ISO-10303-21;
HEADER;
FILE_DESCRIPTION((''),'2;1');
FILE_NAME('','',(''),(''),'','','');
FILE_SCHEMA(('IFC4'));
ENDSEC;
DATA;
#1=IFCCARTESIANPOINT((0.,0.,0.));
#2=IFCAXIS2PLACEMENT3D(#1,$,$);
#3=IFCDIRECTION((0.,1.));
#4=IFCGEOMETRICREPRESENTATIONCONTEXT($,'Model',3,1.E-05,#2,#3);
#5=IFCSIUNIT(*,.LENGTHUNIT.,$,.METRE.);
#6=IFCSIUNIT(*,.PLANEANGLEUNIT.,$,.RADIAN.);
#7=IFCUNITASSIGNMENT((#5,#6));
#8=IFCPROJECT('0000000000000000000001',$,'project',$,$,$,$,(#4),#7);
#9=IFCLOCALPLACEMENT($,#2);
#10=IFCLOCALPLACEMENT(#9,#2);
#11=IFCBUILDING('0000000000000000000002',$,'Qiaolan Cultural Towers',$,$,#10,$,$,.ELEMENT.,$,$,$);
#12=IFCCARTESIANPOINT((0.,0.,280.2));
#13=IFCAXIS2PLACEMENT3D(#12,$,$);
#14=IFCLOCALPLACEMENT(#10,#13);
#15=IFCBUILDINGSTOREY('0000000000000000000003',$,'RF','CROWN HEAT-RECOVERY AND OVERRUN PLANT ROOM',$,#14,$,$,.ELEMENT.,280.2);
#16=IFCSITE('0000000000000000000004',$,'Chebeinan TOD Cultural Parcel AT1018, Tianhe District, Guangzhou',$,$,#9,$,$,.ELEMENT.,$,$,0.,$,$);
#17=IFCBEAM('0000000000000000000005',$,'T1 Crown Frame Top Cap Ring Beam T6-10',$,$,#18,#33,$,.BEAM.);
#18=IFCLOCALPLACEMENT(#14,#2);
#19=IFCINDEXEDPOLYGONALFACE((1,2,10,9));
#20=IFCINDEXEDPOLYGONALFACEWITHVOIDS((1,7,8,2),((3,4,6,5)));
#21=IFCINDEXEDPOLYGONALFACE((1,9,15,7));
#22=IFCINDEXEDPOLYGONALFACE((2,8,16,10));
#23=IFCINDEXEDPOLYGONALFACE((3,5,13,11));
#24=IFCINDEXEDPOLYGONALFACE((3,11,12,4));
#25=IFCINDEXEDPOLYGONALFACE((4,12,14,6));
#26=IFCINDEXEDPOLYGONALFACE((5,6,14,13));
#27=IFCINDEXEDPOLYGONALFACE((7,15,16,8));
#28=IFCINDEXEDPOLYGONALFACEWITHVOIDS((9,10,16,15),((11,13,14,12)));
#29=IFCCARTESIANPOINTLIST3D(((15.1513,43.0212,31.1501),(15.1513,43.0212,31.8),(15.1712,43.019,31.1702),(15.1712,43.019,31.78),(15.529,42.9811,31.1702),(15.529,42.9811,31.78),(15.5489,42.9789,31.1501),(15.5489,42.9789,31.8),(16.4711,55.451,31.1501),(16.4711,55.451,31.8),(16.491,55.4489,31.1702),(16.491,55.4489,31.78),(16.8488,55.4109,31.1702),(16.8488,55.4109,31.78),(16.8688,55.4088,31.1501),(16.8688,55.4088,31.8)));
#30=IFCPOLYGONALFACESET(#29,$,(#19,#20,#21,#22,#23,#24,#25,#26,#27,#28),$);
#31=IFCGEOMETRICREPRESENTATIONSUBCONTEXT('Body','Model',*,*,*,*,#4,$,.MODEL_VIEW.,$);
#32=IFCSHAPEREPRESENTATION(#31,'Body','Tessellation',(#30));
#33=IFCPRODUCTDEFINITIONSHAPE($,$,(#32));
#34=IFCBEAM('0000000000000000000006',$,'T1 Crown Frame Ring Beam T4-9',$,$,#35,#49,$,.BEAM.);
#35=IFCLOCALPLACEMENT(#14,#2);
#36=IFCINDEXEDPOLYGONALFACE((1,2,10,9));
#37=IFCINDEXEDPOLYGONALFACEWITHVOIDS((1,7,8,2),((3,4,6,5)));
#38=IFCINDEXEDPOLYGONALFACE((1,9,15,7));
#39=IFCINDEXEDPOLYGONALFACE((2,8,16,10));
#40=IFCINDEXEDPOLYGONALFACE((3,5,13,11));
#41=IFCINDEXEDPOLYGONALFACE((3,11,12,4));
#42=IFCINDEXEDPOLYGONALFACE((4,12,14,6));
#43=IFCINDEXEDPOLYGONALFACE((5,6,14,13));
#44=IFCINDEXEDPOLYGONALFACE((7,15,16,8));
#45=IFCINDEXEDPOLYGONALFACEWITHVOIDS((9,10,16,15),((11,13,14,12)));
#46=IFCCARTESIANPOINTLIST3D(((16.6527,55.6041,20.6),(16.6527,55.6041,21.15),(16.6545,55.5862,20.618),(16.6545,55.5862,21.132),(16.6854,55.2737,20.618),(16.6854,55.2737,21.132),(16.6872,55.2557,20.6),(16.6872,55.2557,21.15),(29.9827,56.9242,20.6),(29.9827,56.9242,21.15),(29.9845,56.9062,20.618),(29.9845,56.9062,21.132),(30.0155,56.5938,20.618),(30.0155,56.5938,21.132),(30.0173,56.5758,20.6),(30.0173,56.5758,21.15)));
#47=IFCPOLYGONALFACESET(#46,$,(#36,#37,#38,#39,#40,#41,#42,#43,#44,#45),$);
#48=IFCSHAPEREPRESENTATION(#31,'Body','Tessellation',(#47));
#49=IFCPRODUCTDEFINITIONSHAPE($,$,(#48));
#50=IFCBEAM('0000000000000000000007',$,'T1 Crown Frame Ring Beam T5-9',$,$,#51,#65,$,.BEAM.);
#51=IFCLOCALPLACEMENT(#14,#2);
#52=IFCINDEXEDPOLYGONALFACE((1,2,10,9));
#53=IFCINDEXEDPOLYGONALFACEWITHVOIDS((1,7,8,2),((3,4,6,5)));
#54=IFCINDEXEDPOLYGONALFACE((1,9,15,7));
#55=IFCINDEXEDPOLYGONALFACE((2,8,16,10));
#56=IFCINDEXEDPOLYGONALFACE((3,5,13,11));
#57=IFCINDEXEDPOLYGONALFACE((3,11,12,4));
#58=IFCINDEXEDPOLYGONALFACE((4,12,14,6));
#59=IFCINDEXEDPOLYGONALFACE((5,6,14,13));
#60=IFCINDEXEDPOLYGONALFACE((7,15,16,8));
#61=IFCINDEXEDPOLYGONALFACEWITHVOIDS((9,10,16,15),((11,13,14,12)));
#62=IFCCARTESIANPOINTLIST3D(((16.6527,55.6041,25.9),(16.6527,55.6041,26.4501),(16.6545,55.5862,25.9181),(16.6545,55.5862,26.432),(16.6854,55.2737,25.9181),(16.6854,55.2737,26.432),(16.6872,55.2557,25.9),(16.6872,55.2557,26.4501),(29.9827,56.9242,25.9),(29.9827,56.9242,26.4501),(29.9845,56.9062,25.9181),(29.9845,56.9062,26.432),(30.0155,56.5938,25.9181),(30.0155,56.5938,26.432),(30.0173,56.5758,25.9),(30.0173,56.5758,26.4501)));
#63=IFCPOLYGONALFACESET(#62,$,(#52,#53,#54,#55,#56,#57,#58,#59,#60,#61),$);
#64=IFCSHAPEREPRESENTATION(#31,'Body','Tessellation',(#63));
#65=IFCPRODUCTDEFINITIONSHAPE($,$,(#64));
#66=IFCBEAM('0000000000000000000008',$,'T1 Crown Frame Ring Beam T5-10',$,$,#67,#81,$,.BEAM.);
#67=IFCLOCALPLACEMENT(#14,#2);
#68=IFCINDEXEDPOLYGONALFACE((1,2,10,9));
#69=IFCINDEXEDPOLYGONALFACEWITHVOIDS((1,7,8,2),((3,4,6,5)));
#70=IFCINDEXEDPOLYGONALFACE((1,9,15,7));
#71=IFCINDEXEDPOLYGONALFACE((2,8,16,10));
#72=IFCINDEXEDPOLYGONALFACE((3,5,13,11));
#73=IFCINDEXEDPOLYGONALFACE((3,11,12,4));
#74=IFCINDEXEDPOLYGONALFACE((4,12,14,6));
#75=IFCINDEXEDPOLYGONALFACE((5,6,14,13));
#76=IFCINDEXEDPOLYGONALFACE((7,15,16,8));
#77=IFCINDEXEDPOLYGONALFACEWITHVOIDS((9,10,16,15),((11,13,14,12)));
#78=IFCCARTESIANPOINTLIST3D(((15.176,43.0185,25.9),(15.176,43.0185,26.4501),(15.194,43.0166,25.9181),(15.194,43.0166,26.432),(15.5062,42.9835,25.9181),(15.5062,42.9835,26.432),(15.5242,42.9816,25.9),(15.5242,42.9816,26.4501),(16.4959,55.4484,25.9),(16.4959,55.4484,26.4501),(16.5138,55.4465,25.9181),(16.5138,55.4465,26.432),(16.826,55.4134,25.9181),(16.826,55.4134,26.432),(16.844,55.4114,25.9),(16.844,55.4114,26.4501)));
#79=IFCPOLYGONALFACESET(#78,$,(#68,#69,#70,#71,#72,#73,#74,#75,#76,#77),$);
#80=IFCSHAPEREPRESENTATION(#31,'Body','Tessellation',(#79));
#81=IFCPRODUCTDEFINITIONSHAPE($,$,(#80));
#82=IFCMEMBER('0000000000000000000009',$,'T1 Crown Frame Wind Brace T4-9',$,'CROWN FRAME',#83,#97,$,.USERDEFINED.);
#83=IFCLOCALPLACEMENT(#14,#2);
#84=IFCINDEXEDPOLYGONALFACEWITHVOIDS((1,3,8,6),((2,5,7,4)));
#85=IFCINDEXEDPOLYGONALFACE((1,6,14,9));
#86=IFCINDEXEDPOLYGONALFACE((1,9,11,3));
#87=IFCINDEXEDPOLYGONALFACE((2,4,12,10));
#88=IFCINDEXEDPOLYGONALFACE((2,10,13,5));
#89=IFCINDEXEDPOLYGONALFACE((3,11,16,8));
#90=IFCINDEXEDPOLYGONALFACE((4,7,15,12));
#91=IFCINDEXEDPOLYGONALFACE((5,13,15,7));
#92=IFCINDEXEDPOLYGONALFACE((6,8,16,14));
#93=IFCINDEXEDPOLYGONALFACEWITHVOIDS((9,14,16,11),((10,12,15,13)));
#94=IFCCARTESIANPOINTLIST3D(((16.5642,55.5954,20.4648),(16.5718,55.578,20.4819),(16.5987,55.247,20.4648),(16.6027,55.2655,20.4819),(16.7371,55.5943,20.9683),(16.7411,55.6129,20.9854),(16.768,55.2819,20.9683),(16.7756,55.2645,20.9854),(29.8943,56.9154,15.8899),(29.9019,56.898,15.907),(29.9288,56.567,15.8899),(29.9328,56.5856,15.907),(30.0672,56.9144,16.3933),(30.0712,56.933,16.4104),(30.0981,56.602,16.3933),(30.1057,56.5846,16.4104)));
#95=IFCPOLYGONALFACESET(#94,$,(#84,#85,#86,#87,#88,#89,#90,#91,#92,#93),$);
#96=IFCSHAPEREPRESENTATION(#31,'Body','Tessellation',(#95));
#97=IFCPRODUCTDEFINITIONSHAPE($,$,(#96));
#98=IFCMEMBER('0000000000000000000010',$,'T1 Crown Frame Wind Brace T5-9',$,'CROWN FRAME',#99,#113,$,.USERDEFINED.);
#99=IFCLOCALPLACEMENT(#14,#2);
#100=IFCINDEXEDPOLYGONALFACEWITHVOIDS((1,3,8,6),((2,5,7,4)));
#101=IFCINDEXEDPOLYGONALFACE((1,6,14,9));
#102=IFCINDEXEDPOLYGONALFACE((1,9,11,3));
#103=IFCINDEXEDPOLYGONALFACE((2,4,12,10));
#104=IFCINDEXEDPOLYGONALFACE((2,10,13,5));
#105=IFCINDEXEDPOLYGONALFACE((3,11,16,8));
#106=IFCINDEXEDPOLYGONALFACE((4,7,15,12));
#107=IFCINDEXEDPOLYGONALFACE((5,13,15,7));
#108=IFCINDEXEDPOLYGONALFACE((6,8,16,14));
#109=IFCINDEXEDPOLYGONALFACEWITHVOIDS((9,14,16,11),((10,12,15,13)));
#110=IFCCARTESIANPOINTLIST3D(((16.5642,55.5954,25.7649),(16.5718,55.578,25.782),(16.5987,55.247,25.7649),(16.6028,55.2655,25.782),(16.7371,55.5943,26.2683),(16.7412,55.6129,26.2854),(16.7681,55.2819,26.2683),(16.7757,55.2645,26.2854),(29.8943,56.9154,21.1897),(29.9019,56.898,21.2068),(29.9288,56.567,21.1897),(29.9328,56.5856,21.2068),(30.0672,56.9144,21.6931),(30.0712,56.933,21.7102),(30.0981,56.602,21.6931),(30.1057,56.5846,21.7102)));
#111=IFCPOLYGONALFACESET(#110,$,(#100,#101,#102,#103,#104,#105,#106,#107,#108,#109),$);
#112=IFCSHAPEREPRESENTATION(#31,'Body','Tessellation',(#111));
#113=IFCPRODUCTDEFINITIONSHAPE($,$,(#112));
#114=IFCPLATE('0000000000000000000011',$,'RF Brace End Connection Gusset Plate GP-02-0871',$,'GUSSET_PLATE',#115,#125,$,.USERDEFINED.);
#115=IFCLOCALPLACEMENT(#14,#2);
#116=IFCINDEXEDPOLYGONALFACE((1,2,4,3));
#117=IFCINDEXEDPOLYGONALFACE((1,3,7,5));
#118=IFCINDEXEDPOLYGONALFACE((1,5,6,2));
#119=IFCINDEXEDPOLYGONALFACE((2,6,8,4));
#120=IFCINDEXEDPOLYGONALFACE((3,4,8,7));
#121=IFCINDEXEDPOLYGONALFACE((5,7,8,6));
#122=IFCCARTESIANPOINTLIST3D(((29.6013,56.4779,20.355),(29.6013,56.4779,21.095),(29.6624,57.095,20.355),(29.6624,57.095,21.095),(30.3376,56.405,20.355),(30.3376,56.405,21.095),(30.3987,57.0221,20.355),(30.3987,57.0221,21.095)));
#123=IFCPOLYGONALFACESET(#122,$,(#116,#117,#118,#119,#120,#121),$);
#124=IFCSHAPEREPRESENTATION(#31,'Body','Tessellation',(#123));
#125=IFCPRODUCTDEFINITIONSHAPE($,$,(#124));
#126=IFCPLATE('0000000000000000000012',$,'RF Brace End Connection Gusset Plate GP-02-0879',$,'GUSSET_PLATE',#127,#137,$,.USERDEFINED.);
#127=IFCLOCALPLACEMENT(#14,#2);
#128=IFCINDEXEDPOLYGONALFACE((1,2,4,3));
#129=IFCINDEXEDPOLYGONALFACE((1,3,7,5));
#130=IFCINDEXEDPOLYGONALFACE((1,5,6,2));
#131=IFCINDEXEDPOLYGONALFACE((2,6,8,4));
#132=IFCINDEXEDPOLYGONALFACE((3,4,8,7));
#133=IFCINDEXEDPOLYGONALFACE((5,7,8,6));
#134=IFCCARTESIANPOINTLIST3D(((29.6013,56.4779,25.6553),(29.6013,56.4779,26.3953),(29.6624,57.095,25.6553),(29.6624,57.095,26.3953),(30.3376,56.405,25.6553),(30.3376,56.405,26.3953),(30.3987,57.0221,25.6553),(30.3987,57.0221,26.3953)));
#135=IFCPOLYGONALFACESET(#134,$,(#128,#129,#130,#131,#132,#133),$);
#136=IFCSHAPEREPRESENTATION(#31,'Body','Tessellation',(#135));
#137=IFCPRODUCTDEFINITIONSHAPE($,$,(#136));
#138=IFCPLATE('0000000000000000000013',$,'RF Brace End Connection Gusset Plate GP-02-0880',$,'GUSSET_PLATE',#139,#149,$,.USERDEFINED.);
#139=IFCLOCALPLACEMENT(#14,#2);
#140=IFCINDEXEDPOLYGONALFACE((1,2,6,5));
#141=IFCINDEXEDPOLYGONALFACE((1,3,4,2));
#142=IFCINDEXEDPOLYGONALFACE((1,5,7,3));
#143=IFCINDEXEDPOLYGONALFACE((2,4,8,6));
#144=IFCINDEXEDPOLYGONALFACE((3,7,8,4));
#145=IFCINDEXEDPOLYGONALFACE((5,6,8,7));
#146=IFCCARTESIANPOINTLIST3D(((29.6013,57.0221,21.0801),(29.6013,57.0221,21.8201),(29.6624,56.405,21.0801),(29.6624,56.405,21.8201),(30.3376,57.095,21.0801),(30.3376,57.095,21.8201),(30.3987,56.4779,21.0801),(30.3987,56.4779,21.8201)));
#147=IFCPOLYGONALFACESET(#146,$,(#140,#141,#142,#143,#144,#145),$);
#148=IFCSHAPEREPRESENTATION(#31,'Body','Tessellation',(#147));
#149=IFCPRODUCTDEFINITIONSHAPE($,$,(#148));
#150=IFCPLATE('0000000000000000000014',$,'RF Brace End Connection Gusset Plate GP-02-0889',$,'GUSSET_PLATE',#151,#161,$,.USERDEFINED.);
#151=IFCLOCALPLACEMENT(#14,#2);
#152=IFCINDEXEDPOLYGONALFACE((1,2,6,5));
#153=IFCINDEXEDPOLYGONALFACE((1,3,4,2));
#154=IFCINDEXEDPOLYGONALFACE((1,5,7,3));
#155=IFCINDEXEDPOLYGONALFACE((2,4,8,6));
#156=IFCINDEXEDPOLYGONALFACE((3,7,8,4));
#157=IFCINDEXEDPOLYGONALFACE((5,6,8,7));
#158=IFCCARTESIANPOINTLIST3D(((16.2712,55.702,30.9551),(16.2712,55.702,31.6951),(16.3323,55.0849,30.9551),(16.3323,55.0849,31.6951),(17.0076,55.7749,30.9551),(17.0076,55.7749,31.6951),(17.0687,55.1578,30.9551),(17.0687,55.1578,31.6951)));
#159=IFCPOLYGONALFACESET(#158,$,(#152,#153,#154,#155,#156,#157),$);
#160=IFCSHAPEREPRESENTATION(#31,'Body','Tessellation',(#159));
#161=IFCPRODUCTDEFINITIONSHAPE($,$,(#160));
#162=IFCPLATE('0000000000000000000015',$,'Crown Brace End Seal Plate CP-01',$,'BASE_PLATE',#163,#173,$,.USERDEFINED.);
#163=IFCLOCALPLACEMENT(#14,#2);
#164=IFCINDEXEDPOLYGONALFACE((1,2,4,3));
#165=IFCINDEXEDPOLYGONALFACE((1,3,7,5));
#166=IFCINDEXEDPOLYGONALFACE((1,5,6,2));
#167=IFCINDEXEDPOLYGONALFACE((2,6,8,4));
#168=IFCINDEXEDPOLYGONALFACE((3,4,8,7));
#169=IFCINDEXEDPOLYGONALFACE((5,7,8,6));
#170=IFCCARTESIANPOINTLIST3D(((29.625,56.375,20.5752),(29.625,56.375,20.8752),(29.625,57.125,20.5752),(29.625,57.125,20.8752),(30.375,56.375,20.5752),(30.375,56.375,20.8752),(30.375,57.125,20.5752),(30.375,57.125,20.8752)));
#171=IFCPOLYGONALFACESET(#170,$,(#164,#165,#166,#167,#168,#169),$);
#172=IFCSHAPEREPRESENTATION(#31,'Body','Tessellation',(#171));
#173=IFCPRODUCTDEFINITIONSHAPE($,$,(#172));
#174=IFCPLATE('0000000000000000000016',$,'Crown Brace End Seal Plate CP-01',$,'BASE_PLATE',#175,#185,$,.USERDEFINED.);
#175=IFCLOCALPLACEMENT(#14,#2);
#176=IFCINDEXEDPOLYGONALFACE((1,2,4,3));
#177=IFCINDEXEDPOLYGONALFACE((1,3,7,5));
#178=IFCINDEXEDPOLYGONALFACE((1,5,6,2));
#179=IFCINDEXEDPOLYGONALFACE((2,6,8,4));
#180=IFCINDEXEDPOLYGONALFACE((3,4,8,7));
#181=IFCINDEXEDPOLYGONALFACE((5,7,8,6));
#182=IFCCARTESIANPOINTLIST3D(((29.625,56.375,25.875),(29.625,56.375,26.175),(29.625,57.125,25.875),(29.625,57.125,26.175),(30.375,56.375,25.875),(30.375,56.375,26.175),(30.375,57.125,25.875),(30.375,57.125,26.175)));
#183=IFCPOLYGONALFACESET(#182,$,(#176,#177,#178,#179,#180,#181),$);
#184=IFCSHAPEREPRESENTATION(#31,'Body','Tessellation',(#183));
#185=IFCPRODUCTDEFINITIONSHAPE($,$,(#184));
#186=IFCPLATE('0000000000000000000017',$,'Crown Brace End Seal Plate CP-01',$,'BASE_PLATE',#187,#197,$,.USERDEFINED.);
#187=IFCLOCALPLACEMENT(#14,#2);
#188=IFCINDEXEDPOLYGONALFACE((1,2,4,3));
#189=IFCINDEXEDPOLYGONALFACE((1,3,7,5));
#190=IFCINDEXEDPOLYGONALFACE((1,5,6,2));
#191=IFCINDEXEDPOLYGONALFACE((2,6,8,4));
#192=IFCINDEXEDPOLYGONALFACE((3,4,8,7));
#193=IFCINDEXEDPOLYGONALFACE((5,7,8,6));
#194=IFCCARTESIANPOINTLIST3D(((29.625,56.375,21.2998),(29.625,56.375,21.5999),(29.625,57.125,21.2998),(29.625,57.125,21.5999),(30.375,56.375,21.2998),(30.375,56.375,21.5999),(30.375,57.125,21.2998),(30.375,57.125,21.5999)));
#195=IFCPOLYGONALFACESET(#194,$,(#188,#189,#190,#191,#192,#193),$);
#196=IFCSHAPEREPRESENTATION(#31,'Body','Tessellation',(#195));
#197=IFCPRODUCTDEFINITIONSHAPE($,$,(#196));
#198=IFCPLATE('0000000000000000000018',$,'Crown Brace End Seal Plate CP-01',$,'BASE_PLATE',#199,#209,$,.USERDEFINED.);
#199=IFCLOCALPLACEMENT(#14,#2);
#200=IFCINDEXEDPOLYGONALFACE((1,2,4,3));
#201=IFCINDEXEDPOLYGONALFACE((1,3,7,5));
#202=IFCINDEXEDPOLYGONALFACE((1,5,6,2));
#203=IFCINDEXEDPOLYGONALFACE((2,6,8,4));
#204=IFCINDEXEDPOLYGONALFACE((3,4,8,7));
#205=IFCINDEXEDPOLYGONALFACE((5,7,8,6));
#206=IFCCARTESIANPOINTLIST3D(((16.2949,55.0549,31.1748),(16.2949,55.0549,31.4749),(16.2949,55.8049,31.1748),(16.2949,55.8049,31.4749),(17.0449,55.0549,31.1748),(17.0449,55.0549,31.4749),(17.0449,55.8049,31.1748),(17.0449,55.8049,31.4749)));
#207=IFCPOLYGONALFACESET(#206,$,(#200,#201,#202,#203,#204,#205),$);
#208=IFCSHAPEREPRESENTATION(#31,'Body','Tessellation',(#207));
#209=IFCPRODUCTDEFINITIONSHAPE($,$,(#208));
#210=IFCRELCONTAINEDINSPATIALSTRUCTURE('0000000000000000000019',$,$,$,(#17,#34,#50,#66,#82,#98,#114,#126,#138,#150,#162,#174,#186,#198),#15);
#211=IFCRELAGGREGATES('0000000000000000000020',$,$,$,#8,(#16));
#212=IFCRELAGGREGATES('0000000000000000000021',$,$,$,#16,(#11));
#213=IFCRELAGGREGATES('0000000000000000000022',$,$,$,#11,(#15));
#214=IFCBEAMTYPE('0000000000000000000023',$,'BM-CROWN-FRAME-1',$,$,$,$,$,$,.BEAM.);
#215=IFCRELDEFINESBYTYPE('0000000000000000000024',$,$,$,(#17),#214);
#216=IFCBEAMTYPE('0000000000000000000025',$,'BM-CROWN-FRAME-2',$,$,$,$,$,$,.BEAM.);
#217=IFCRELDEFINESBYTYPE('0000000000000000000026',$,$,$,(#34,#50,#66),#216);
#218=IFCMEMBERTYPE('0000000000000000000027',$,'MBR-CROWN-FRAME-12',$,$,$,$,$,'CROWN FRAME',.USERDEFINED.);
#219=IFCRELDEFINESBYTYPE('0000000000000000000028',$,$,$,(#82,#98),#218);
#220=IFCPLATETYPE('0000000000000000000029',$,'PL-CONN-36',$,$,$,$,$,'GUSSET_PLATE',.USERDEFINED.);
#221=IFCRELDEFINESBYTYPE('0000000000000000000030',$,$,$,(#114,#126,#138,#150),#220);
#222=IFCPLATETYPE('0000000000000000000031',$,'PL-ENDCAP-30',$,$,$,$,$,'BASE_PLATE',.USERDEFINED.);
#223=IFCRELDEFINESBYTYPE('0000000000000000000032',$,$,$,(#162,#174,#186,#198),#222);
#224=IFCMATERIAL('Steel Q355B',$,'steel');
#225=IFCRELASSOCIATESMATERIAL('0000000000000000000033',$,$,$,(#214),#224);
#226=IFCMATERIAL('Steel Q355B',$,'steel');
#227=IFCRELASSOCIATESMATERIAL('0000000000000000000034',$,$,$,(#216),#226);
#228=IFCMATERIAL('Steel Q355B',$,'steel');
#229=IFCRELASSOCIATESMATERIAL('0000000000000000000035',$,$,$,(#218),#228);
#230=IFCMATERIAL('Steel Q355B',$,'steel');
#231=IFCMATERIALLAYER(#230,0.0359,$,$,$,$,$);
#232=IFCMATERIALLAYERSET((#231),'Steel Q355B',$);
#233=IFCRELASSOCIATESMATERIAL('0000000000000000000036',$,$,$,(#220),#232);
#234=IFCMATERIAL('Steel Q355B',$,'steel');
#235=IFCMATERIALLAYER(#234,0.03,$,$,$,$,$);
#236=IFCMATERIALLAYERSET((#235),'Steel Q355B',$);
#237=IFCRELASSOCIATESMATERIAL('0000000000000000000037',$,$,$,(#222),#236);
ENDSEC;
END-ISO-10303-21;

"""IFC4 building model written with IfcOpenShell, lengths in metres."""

from ifc_helpers import new_model, si_unit, direction, frame, origin, origin_2d, place, context, subcontext, project, spatial, rectangle, hollow_rectangle, extrude, material, layer, layer_set, material_profile, profile_set, type_object, element, save


model = new_model("IFC4")

# Units and contexts
model_context = context("Model", 3, precision=1e-05, world=origin(), true_north=direction((0.0, 1.0)))
body_context = subcontext(model_context, "Body", "Model", "MODEL_VIEW")
ifc_project = project(units=[si_unit("LENGTHUNIT", "METRE"), si_unit("PLANEANGLEUNIT", "RADIAN")], contexts=[model_context])

# Site, building, storey
site_placement = place(None, origin())
site = spatial("IfcSite", under=ifc_project, at=site_placement, Name="Chebeinan TOD Cultural Parcel AT1018, Tianhe District, Guangzhou", CompositionType="ELEMENT", RefElevation=0.0)
building_placement = place(site_placement, origin())
building = spatial("IfcBuilding", under=site, at=building_placement, Name="Qiaolan Cultural Towers", CompositionType="ELEMENT")
storey_placement = place(building_placement, frame((0.0, 0.0, 280.2)))
storey = spatial("IfcBuildingStorey", under=building, at=storey_placement, Name="RF", Description="CROWN HEAT-RECOVERY AND OVERRUN PLANT ROOM", CompositionType="ELEMENT", Elevation=280.2)

# Beams
ifc_material_1 = material(Name="Steel Q355B", Category="steel")
ifc_material_profile_1 = material_profile(ifc_material_1, hollow_rectangle(XDim=0.3999, YDim=0.6499, WallThickness=0.02, at=origin_2d()), Name="BOX650x400x20")
ifc_profile_set_1 = profile_set([ifc_material_profile_1], Name="Steel Q355B")
beam_type_1 = type_object("IfcBeamType", Name="BM-CROWN-FRAME-1", PredefinedType="BEAM", material=ifc_profile_set_1)
beam_1_placement = place(storey_placement, frame((16.6699, 55.4299, 31.4751), z_axis=(-0.105588, -0.99441, 0.0), x_axis=(0.99441, -0.105588, 0.0)))
element("IfcBeam", 1, at=beam_1_placement, inside=storey, type_object=beam_type_1, Name="T1 Crown Frame Top Cap Ring Beam T6-10", PredefinedType="BEAM", context=body_context, shape_type="SweptSolid", body=[
    extrude(hollow_rectangle(XDim=0.3999, YDim=0.6499, WallThickness=0.02, at=origin_2d()), origin(), (0.0, 0.0, 1.0), 12.4998),
])
ifc_material_2 = material(Name="Steel Q355B", Category="steel")
ifc_material_profile_2 = material_profile(ifc_material_2, hollow_rectangle(XDim=0.3501, YDim=0.55, WallThickness=0.0181, at=origin_2d()), Name="BOX550x350x18")
ifc_profile_set_2 = profile_set([ifc_material_profile_2], Name="Steel Q355B")
beam_type_2 = type_object("IfcBeamType", Name="BM-CROWN-FRAME-2", PredefinedType="BEAM", material=ifc_profile_set_2)
for number, where, z_axis, x_axis, name in (
    (2, (30.0, 56.75, 20.875), (-0.995132, -0.098547, 0.0), (0.098547, -0.995132, 0.0), "T1 Crown Frame Ring Beam T4-9"),
    (3, (30.0, 56.75, 26.175), (-0.995132, -0.098547, 0.0), (0.098547, -0.995132, 0.0), "T1 Crown Frame Ring Beam T5-9"),
):
    element("IfcBeam", number, at=place(storey_placement, frame(where, z_axis=z_axis, x_axis=x_axis)), inside=storey, type_object=beam_type_2, Name=name, PredefinedType="BEAM", context=body_context, shape_type="SweptSolid", body=[
        extrude(hollow_rectangle(XDim=0.3501, YDim=0.55, WallThickness=0.0181, at=origin_2d()), origin(), (0.0, 0.0, 1.0), 13.3953),
    ])
beam_2_placement = place(storey_placement, frame((16.6699, 55.4299, 26.175), z_axis=(-0.105588, -0.99441, 0.0), x_axis=(0.99441, -0.105588, 0.0)))
element("IfcBeam", 4, at=beam_2_placement, inside=storey, type_object=beam_type_2, Name="T1 Crown Frame Ring Beam T5-10", PredefinedType="BEAM", context=body_context, shape_type="SweptSolid", body=[
    extrude(hollow_rectangle(XDim=0.3501, YDim=0.55, WallThickness=0.0181, at=origin_2d()), origin(), (0.0, 0.0, 1.0), 12.4998),
])

# Members
ifc_material_3 = material(Name="Steel Q355B", Category="steel")
ifc_material_profile_3 = material_profile(ifc_material_3, hollow_rectangle(XDim=0.3501, YDim=0.55, WallThickness=0.0181, at=origin_2d()), Name="BOX550x350x18")
ifc_profile_set_3 = profile_set([ifc_material_profile_3], Name="Steel Q355B")
member_type = type_object("IfcMemberType", Name="MBR-CROWN-FRAME-12", ElementType="CROWN FRAME", PredefinedType="USERDEFINED", material=ifc_profile_set_3)
for number, where, z_axis, x_axis, name in (
    (5, (30.0, 56.75, 16.1501), (-0.941723, -0.093258, 0.323204), (0.098547, -0.995132, 0.0), "T1 Crown Frame Wind Brace T4-9"),
    (6, (30.0, 56.75, 21.45), (-0.941718, -0.093258, 0.32322), (0.098547, -0.995132, 0.0), "T1 Crown Frame Wind Brace T5-9"),
):
    element("IfcMember", number, at=place(storey_placement, frame(where, z_axis=z_axis, x_axis=x_axis)), inside=storey, type_object=member_type, Name=name, ObjectType="CROWN FRAME", PredefinedType="USERDEFINED", context=body_context, shape_type="SweptSolid", body=[
        extrude(hollow_rectangle(XDim=0.3501, YDim=0.55, WallThickness=0.0181, at=origin_2d()), origin(), (0.0, 0.0, 1.0), 14.155),
    ])

# Plates
ifc_material_4 = material(Name="Steel Q355B", Category="steel")
ifc_layer_1 = layer(ifc_material_4, 0.0359)
ifc_layer_set_1 = layer_set([ifc_layer_1], Name="Steel Q355B")
plate_type_1 = type_object("IfcPlateType", Name="PL-CONN-36", ElementType="GUSSET_PLATE", PredefinedType="USERDEFINED", material=ifc_layer_set_1)
for number, where, z_axis, x_axis, name in (
    (7, (30.0, 56.75, 20.355), (0.0, 0.0, 1.0), (-0.995133, 0.098543, 0.0), "RF Brace End Connection Gusset Plate GP-02-0871"),
    (8, (30.0, 56.75, 25.6553), (0.0, 0.0, 1.0), (-0.995133, 0.098543, 0.0), "RF Brace End Connection Gusset Plate GP-02-0879"),
    (9, (30.0, 56.75, 21.0801), (0.0, 0.0, 1.0), (0.995133, 0.098543, 0.0), "RF Brace End Connection Gusset Plate GP-02-0880"),
    (10, (16.6699, 55.4299, 30.9551), (0.0, 0.0, 1.0), (0.995133, 0.098543, 0.0), "RF Brace End Connection Gusset Plate GP-02-0889"),
):
    element("IfcPlate", number, at=place(storey_placement, frame(where, z_axis=z_axis, x_axis=x_axis)), inside=storey, type_object=plate_type_1, Name=name, ObjectType="GUSSET_PLATE", PredefinedType="USERDEFINED", context=body_context, shape_type="SweptSolid", body=[
        extrude(rectangle(XDim=0.74, YDim=0.6201, at=origin_2d()), origin(), (0.0, 0.0, 1.0), 0.74),
    ])
ifc_material_5 = material(Name="Steel Q355B", Category="steel")
ifc_layer_2 = layer(ifc_material_5, 0.03)
ifc_layer_set_2 = layer_set([ifc_layer_2], Name="Steel Q355B")
plate_type_2 = type_object("IfcPlateType", Name="PL-ENDCAP-30", ElementType="BASE_PLATE", PredefinedType="USERDEFINED", material=ifc_layer_set_2)
for number, where, z_axis, x_axis, name in (
    (11, (30.0, 56.75, 20.5752), (0.0, 0.0, 1.0), (1.0, 0.0, 0.0), "Crown Brace End Seal Plate CP-01"),
    (12, (30.0, 56.75, 25.875), (0.0, 0.0, 1.0), (1.0, 0.0, 0.0), "Crown Brace End Seal Plate CP-01"),
    (13, (30.0, 56.75, 21.2998), (0.0, 0.0, 1.0), (1.0, 0.0, 0.0), "Crown Brace End Seal Plate CP-01"),
    (14, (16.6699, 55.4299, 31.1748), (0.0, 0.0, 1.0), (1.0, 0.0, 0.0), "Crown Brace End Seal Plate CP-01"),
):
    element("IfcPlate", number, at=place(storey_placement, frame(where, z_axis=z_axis, x_axis=x_axis)), inside=storey, type_object=plate_type_2, Name=name, ObjectType="BASE_PLATE", PredefinedType="USERDEFINED", context=body_context, shape_type="SweptSolid", body=[
        extrude(rectangle(XDim=0.75, YDim=0.75, at=origin_2d()), origin(), (0.0, 0.0, 1.0), 0.3),
    ])

save(model, "model.ifc")
